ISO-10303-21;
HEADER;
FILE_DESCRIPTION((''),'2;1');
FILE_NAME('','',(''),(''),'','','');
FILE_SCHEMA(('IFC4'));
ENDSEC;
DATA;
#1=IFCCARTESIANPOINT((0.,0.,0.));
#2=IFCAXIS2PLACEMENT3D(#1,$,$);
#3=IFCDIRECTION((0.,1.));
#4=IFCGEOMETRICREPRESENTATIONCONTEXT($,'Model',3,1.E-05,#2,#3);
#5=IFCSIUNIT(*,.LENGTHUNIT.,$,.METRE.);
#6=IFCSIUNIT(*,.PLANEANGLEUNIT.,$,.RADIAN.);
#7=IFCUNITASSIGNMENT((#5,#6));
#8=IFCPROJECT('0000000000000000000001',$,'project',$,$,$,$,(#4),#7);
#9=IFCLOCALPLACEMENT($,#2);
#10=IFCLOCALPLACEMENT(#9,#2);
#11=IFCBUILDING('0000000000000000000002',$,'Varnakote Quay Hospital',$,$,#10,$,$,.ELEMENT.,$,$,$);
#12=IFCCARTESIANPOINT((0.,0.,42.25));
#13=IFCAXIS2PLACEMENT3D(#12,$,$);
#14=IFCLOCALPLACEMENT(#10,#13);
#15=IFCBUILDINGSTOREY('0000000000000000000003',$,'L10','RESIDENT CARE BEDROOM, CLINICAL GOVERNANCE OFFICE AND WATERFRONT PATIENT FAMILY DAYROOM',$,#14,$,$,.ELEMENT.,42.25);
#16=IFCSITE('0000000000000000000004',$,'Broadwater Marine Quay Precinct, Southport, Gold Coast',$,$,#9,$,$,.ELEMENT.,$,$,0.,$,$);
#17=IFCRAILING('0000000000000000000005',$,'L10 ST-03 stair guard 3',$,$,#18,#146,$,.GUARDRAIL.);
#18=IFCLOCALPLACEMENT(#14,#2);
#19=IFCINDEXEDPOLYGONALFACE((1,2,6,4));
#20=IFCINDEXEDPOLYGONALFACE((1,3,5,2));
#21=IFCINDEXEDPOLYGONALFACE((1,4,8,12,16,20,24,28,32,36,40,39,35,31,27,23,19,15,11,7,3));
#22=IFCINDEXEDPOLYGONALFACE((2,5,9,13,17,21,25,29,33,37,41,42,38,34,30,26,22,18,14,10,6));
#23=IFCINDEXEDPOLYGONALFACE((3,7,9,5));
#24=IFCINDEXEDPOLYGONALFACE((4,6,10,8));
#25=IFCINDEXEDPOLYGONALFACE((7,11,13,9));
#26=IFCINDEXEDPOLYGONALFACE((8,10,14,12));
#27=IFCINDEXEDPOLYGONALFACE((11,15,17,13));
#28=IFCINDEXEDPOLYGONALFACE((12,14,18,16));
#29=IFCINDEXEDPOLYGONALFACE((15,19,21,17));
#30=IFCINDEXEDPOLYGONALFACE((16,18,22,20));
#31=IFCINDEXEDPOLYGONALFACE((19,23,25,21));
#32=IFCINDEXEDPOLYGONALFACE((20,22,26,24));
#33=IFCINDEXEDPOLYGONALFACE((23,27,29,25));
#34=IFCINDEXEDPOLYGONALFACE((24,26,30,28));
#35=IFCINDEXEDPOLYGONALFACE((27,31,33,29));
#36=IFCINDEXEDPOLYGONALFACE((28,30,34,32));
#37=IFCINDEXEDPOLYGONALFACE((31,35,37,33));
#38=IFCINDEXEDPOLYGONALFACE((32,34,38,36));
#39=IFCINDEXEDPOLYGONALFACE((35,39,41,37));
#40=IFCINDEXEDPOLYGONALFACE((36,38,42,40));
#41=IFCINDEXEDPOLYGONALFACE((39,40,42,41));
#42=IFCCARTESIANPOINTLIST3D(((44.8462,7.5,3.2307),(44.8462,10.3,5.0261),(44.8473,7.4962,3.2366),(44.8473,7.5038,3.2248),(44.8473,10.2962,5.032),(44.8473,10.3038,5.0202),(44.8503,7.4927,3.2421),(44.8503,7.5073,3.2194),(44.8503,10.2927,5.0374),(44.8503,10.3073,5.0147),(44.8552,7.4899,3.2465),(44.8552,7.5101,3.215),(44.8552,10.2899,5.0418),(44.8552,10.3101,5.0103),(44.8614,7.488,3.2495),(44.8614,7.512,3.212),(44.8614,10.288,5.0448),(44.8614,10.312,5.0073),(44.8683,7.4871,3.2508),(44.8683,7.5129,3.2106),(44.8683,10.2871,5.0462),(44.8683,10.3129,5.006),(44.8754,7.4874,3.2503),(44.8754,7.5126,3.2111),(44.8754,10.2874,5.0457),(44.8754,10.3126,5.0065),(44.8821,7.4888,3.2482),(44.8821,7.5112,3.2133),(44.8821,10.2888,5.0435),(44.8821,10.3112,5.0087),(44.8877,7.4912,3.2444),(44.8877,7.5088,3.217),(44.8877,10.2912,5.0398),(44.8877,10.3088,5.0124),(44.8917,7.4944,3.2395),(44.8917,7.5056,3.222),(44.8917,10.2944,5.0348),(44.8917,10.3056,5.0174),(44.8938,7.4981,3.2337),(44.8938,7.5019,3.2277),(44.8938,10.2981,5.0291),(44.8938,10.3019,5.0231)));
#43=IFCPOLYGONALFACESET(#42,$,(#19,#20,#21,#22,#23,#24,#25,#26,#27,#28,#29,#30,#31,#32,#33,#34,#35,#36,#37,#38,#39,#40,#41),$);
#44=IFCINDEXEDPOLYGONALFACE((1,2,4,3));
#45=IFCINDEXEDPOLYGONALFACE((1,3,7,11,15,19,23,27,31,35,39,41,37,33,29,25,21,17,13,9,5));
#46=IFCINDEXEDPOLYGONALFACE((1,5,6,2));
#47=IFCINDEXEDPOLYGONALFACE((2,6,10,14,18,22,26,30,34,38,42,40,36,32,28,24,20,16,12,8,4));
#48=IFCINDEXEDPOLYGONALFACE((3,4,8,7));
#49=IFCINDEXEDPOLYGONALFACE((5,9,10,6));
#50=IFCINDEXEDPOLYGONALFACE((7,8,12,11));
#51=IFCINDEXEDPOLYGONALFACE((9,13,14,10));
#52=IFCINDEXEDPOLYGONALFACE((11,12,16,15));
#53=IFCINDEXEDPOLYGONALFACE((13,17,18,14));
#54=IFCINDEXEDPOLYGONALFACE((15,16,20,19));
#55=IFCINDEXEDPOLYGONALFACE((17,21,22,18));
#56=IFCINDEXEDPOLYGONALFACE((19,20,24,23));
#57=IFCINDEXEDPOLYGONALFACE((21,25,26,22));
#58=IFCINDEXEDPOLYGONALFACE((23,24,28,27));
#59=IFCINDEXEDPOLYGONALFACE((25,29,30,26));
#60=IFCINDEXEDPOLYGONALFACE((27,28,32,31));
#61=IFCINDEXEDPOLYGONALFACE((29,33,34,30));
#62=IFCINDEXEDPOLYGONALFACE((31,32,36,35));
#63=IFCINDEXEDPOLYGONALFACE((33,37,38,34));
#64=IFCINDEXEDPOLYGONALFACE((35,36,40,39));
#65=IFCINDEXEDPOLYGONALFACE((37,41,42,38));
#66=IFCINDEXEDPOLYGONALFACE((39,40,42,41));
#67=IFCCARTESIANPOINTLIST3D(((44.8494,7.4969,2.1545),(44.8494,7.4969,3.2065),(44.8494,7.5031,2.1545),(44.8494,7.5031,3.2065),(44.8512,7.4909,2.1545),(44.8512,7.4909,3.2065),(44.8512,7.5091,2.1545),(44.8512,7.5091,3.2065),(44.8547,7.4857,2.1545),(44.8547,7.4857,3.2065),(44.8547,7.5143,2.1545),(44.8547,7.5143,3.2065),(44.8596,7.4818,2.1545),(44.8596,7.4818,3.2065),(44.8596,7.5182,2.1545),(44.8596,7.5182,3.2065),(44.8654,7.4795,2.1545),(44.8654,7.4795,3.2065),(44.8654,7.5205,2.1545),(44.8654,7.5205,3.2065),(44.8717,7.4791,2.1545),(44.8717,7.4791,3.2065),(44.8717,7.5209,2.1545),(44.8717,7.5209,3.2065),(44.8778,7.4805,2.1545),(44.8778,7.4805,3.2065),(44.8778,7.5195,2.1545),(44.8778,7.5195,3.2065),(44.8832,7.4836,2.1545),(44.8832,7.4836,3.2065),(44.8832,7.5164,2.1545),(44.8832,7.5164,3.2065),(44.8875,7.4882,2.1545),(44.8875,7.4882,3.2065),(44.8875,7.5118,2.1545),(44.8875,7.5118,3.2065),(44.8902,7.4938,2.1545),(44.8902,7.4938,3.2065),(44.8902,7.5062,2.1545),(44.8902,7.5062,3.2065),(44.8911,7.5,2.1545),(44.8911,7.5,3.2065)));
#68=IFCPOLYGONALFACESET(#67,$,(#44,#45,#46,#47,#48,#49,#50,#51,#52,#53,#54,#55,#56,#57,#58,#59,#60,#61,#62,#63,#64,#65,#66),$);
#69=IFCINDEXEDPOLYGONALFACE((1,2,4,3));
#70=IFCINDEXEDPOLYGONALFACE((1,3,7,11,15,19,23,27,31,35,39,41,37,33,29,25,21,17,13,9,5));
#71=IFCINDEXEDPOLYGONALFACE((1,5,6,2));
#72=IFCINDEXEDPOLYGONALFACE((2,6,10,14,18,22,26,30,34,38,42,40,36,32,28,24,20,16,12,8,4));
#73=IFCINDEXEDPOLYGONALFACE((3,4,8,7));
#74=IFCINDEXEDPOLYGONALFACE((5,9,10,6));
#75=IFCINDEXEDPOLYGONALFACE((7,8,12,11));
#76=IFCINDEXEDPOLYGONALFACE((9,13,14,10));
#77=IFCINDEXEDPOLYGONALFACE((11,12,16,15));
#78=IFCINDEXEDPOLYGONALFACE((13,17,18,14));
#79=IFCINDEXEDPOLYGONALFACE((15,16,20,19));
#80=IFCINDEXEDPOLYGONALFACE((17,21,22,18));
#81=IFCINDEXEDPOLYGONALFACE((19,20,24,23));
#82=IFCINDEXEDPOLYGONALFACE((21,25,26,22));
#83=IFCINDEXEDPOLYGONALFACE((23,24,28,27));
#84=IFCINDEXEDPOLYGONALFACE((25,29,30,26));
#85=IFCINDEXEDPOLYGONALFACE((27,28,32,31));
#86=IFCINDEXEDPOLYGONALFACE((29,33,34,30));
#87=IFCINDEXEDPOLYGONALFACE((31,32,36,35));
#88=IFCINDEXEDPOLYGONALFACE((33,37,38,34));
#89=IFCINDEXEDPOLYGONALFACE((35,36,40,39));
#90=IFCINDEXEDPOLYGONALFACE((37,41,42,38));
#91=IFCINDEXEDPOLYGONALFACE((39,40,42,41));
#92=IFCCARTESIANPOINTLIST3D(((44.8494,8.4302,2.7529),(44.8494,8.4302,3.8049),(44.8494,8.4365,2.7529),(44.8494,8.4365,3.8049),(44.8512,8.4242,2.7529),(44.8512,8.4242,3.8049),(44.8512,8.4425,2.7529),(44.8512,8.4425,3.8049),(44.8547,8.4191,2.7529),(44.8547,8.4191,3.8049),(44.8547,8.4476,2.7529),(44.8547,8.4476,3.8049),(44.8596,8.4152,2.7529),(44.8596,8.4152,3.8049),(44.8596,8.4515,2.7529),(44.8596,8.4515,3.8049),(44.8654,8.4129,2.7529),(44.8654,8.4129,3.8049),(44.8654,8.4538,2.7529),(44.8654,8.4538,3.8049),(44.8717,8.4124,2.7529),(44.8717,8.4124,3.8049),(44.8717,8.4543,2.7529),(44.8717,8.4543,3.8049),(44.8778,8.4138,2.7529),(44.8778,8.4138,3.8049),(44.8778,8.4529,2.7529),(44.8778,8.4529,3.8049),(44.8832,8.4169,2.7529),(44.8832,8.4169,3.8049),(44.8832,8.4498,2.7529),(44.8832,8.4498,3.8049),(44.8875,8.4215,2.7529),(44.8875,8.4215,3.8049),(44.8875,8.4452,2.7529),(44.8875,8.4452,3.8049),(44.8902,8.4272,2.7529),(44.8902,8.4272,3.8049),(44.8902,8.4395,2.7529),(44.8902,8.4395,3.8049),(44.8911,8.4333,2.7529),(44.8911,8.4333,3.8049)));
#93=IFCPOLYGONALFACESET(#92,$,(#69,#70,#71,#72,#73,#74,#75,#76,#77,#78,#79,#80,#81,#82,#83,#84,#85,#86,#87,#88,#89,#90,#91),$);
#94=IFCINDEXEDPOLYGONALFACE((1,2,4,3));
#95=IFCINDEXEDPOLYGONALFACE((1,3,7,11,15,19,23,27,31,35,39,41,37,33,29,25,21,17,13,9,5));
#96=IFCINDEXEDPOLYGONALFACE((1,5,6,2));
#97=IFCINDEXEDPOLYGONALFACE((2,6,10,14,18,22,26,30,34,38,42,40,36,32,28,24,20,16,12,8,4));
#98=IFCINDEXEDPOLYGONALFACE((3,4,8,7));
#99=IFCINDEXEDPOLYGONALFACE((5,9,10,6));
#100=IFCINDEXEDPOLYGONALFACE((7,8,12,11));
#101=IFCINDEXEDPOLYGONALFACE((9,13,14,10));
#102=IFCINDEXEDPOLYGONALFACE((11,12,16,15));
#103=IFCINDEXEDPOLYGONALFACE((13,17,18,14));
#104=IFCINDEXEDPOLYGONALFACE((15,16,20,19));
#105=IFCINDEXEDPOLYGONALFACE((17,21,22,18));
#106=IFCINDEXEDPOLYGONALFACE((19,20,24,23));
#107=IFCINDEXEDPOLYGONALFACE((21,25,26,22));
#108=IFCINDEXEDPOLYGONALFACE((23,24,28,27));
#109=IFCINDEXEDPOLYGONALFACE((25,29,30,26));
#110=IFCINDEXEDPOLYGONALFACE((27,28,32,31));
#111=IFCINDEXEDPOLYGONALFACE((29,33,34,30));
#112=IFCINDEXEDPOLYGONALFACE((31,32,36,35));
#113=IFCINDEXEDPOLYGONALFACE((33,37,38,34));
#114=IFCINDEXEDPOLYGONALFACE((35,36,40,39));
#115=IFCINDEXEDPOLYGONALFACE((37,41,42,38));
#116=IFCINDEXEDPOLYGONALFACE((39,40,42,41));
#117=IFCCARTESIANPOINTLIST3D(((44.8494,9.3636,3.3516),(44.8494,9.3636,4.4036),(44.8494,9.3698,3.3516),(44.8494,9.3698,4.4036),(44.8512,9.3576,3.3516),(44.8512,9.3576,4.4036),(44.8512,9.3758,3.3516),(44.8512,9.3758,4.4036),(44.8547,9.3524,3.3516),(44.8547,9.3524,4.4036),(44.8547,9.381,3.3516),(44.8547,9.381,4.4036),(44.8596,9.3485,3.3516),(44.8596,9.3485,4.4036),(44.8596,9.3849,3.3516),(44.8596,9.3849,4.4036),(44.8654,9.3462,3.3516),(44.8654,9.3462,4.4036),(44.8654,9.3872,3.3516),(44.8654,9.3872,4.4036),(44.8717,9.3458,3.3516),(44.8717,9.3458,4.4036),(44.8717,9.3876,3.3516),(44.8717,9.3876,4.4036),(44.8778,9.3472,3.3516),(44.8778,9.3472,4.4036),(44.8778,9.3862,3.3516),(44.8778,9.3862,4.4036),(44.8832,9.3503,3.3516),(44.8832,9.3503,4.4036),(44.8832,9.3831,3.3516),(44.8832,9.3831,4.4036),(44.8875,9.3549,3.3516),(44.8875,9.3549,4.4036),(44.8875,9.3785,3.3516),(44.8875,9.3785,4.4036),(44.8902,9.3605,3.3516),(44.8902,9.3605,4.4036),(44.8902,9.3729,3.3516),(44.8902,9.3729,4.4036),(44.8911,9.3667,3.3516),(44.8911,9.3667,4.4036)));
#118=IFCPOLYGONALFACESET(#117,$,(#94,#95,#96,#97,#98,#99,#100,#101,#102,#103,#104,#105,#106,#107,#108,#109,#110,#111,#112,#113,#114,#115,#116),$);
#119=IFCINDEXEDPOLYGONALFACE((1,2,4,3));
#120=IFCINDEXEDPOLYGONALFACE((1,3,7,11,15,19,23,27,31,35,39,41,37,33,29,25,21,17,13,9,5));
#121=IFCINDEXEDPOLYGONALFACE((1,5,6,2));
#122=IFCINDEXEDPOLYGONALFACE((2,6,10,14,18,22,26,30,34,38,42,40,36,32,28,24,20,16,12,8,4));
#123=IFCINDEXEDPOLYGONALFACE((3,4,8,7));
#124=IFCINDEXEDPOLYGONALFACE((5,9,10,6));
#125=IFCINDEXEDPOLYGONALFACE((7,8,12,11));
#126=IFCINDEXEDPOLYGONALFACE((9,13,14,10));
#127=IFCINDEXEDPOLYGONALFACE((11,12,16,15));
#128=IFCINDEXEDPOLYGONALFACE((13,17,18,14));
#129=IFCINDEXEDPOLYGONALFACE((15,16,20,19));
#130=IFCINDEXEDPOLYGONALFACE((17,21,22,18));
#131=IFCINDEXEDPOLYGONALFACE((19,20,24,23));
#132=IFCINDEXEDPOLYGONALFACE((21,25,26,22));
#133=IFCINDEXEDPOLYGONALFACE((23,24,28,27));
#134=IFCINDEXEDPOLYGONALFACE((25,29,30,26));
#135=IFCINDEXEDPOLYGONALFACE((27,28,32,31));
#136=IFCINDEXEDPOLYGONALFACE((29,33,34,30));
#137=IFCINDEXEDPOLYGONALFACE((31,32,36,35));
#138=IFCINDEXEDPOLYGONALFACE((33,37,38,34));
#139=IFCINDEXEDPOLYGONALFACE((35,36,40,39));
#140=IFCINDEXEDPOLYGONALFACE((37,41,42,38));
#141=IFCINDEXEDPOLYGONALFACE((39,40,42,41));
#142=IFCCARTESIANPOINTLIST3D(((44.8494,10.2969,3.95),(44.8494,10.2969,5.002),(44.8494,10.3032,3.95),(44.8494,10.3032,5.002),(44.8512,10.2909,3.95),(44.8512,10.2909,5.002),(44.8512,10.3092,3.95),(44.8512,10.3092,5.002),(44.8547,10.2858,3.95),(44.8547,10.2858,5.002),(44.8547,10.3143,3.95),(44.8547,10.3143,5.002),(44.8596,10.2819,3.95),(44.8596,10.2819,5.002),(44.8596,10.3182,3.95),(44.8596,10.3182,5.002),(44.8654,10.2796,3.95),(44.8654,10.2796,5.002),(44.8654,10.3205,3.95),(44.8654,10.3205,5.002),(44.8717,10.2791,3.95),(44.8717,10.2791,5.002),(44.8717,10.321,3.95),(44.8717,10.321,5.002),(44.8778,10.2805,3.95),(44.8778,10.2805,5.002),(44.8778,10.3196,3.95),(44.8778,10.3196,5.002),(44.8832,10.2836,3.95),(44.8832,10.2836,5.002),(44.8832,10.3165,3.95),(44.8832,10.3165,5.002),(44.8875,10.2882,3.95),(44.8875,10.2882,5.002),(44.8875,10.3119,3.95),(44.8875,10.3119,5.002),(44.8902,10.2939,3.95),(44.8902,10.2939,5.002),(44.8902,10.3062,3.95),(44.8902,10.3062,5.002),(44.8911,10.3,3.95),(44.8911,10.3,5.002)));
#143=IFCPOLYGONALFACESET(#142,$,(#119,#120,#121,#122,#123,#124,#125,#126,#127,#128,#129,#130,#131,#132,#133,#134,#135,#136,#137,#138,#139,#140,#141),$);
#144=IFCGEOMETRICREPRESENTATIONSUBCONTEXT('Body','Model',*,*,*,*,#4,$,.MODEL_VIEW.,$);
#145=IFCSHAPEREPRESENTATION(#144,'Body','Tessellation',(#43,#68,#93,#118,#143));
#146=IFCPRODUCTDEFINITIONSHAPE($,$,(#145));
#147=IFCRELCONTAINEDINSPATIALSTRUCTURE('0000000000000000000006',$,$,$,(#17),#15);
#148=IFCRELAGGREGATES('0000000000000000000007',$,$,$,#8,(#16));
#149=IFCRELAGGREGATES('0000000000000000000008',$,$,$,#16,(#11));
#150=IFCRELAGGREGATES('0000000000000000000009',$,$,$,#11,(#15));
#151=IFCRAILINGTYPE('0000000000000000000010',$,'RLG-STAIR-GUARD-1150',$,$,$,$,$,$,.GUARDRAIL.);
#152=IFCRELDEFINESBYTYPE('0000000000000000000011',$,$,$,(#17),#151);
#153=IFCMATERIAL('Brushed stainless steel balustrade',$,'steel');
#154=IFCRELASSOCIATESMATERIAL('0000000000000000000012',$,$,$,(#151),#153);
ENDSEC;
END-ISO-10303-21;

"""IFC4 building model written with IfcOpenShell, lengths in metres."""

from ifc_helpers import new_model, si_unit, direction, frame, origin, origin_2d, place, context, subcontext, project, spatial, circle, extrude, material, type_object, element, save


model = new_model("IFC4")

# Units and contexts
model_context = context("Model", 3, precision=1e-05, world=origin(), true_north=direction((0.0, 1.0)))
body_context = subcontext(model_context, "Body", "Model", "MODEL_VIEW")
ifc_project = project(units=[si_unit("LENGTHUNIT", "METRE"), si_unit("PLANEANGLEUNIT", "RADIAN")], contexts=[model_context])

# Site, building, storey
site_placement = place(None, origin())
site = spatial("IfcSite", under=ifc_project, at=site_placement, Name="Broadwater Marine Quay Precinct, Southport, Gold Coast", CompositionType="ELEMENT", RefElevation=0.0)
building_placement = place(site_placement, origin())
building = spatial("IfcBuilding", under=site, at=building_placement, Name="Varnakote Quay Hospital", CompositionType="ELEMENT")
storey_placement = place(building_placement, frame((0.0, 0.0, 42.25)))
storey = spatial("IfcBuildingStorey", under=building, at=storey_placement, Name="L10", Description="RESIDENT CARE BEDROOM, CLINICAL GOVERNANCE OFFICE AND WATERFRONT PATIENT FAMILY DAYROOM", CompositionType="ELEMENT", Elevation=42.25)

# Railing
ifc_material_1 = material(Name="Brushed stainless steel balustrade", Category="steel")
railing_type_1 = type_object("IfcRailingType", Name="RLG-STAIR-GUARD-1150", PredefinedType="GUARDRAIL", material=ifc_material_1)
railing_1_placement = place(storey_placement, frame((44.8701, 7.5, 2.1545)))
element("IfcRailing", 1, at=railing_1_placement, inside=storey, type_object=railing_type_1, Name="L10 ST-03 stair guard 3", PredefinedType="GUARDRAIL", context=body_context, shape_type="SweptSolid", body=[
    extrude(circle(Radius=0.0239, at=origin_2d()), frame((0.0, 0.0, 1.0762), z_axis=(0.0, 0.84181, 0.539774), x_axis=(-1.0, 0.0, 0.0)), (0.0, 0.0, 1.0), 3.3262),
    extrude(circle(Radius=0.021, at=origin_2d()), origin(), (0.0, 0.0, 1.0), 1.052),
    extrude(circle(Radius=0.021, at=origin_2d()), frame((0.0, 0.9333, 0.5984)), (0.0, 0.0, 1.0), 1.052),
    extrude(circle(Radius=0.021, at=origin_2d()), frame((0.0, 1.8667, 1.197)), (0.0, 0.0, 1.0), 1.052),
    extrude(circle(Radius=0.021, at=origin_2d()), frame((0.0, 2.8, 1.7954)), (0.0, 0.0, 1.0), 1.052),
])

save(model, "model.ifc")
